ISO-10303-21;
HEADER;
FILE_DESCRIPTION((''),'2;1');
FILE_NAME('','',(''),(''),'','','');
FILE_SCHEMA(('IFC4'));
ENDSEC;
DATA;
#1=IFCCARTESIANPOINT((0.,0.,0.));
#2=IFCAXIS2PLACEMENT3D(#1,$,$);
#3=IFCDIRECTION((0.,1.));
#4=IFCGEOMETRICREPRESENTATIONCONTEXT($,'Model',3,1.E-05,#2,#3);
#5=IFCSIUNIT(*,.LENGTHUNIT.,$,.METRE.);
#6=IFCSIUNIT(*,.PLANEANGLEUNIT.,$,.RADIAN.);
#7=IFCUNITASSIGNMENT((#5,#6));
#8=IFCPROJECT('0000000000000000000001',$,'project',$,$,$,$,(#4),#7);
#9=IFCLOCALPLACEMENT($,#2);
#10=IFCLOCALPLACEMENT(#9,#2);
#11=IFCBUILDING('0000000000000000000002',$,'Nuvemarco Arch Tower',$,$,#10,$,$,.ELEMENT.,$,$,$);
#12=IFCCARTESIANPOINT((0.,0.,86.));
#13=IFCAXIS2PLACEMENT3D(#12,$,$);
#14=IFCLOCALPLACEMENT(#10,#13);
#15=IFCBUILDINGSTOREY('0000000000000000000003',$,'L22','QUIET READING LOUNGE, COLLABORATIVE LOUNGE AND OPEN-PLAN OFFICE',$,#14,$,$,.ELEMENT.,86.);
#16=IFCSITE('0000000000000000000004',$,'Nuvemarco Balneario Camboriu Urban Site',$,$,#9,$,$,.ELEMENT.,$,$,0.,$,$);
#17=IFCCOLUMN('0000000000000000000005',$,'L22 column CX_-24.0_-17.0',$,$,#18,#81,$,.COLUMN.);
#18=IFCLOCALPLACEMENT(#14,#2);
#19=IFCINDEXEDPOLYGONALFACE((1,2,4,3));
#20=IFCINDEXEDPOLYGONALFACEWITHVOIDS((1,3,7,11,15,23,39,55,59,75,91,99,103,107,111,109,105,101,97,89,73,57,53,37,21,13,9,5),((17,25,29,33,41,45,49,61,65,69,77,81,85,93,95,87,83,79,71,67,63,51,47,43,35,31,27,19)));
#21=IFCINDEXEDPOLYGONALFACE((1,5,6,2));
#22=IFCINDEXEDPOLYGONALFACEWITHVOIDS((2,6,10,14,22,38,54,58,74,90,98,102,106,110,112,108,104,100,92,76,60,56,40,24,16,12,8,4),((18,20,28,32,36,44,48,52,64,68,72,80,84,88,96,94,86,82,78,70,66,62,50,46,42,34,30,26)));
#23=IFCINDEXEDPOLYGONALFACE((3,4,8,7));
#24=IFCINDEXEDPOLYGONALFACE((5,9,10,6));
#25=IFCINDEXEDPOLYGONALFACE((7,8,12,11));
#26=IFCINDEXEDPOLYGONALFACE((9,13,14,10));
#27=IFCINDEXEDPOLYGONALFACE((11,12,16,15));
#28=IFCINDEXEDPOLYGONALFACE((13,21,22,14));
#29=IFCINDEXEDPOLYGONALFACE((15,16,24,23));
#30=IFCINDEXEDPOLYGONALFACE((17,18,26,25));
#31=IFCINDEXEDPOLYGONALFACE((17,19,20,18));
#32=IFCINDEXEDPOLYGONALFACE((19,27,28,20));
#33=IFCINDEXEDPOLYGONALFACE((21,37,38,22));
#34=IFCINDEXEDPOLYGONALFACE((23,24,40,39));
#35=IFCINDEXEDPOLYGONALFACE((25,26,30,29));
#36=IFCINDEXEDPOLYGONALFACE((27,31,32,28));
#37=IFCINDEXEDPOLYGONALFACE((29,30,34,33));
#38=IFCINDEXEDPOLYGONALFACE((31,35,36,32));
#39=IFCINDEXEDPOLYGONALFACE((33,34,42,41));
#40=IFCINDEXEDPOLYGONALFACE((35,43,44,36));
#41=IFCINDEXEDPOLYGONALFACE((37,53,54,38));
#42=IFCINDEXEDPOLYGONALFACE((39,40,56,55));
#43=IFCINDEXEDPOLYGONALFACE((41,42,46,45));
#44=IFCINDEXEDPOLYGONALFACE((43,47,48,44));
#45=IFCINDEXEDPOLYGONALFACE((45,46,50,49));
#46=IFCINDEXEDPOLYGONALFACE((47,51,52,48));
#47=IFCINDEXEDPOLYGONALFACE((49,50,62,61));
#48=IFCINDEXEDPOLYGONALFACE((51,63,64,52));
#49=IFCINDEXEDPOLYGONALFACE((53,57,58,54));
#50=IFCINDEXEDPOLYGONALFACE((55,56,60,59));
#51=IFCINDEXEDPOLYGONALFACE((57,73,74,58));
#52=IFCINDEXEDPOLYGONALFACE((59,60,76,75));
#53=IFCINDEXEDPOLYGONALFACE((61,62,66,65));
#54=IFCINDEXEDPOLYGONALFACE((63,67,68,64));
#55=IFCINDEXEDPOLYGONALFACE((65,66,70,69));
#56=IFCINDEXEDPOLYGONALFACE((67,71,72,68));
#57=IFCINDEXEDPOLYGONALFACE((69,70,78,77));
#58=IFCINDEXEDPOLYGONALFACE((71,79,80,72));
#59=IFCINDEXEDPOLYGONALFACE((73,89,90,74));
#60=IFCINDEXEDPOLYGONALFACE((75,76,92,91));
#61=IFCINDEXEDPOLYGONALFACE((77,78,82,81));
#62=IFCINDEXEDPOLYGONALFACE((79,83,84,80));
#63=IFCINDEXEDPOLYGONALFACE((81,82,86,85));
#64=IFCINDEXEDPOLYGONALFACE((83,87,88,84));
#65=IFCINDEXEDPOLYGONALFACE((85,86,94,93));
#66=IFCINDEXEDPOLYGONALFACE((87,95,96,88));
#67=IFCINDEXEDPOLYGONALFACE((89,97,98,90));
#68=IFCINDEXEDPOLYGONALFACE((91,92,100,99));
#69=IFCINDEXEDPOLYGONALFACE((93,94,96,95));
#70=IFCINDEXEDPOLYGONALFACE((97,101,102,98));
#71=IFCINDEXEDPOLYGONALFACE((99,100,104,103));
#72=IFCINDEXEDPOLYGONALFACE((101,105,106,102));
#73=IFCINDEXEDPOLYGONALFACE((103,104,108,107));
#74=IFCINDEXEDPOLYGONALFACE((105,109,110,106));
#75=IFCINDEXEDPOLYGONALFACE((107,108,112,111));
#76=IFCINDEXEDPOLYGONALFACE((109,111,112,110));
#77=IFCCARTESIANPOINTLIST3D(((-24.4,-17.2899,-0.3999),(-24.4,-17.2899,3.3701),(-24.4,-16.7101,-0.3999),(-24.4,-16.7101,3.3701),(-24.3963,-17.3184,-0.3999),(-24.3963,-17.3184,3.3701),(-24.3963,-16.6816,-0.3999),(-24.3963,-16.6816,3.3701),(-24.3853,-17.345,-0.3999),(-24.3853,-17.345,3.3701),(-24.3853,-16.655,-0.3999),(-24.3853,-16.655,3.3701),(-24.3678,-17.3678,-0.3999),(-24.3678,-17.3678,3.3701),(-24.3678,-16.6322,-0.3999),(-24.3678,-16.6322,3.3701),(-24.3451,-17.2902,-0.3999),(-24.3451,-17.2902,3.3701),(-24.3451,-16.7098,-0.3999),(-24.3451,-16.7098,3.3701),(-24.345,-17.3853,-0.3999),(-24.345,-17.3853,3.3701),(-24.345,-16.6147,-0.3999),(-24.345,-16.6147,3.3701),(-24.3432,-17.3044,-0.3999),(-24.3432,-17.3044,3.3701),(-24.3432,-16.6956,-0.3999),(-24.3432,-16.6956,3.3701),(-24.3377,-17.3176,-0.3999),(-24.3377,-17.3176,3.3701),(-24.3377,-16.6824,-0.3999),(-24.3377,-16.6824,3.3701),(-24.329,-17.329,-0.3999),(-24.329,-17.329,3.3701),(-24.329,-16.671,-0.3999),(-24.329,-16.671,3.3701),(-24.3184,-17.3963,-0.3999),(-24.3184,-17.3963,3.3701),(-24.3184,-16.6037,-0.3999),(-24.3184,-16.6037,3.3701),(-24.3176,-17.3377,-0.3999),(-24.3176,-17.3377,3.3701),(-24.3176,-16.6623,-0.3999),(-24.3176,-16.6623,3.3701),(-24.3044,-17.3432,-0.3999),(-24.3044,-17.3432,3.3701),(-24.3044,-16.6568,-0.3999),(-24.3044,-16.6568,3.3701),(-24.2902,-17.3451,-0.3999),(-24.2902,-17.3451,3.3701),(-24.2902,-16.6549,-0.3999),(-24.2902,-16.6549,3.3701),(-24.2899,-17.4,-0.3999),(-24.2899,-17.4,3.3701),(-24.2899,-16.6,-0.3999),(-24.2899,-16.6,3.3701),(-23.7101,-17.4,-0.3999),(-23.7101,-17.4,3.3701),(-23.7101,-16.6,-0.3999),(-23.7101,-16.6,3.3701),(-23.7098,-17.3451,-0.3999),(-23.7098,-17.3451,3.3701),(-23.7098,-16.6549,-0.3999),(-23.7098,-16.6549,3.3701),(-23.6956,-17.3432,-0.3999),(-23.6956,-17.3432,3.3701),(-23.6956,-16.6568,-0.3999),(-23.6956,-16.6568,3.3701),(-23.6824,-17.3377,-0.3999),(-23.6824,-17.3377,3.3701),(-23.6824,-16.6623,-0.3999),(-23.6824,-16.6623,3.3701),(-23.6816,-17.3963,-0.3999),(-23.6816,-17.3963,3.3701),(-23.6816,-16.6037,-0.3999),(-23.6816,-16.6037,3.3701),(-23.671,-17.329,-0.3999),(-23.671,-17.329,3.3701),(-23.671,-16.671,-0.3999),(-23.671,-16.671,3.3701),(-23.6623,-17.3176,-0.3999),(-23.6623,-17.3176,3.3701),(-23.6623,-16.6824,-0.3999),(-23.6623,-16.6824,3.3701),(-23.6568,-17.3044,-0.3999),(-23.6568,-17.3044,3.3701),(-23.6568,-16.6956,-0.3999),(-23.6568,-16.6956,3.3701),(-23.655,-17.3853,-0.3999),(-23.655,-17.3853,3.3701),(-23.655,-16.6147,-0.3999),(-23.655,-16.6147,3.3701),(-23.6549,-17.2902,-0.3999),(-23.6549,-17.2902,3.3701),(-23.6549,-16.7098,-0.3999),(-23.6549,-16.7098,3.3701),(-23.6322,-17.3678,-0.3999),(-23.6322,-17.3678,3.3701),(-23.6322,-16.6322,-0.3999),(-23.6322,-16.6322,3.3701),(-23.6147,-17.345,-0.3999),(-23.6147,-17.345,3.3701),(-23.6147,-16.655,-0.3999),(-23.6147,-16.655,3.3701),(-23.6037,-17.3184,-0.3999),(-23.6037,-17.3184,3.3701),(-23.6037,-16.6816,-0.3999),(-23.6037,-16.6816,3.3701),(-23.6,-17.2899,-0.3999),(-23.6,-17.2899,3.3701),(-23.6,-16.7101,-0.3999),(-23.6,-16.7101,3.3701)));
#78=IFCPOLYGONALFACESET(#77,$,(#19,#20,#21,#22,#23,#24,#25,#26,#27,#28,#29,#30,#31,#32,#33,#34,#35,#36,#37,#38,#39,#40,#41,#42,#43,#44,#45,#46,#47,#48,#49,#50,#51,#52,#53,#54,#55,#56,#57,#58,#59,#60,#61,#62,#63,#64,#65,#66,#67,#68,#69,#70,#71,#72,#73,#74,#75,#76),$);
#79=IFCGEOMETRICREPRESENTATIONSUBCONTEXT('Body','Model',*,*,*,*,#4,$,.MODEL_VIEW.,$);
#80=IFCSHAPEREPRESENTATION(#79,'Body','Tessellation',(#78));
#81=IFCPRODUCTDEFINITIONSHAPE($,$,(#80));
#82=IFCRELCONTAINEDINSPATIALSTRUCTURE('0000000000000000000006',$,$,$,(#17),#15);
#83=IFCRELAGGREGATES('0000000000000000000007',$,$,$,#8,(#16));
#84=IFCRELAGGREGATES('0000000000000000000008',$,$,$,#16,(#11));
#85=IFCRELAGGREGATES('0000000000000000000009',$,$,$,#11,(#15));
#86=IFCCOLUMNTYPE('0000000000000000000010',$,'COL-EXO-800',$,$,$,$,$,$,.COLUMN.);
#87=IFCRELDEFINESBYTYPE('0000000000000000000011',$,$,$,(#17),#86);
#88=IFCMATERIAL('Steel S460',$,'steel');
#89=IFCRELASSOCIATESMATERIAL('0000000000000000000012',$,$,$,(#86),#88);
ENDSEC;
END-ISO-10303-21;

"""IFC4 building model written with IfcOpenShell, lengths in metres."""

from ifc_helpers import new_model, si_unit, direction, frame, origin, origin_2d, place, context, subcontext, project, spatial, hollow_rectangle, extrude, material, material_profile, profile_set, type_object, element, save


model = new_model("IFC4")

# Units and contexts
model_context = context("Model", 3, precision=1e-05, world=origin(), true_north=direction((0.0, 1.0)))
body_context = subcontext(model_context, "Body", "Model", "MODEL_VIEW")
ifc_project = project(units=[si_unit("LENGTHUNIT", "METRE"), si_unit("PLANEANGLEUNIT", "RADIAN")], contexts=[model_context])

# Site, building, storey
site_placement = place(None, origin())
site = spatial("IfcSite", under=ifc_project, at=site_placement, Name="Nuvemarco Balneario Camboriu Urban Site", CompositionType="ELEMENT", RefElevation=0.0)
building_placement = place(site_placement, origin())
building = spatial("IfcBuilding", under=site, at=building_placement, Name="Nuvemarco Arch Tower", CompositionType="ELEMENT")
storey_placement = place(building_placement, frame((0.0, 0.0, 86.0)))
storey = spatial("IfcBuildingStorey", under=building, at=storey_placement, Name="L22", Description="QUIET READING LOUNGE, COLLABORATIVE LOUNGE AND OPEN-PLAN OFFICE", CompositionType="ELEMENT", Elevation=86.0)

# Column
ifc_material_1 = material(Name="Steel S460", Category="steel")
ifc_material_profile = material_profile(ifc_material_1, hollow_rectangle(XDim=0.8, YDim=0.8, WallThickness=0.0549, InnerFilletRadius=0.0549, OuterFilletRadius=0.1101, at=origin_2d()), Name="SHS800x800x55")
ifc_profile_set = profile_set([ifc_material_profile], Name="Steel S460")
column_type = type_object("IfcColumnType", Name="COL-EXO-800", PredefinedType="COLUMN", material=ifc_profile_set)
column_placement = place(storey_placement, frame((-24.0, -17.0, -0.3999), z_axis=(0.0, 0.0, 1.0), x_axis=(1.0, 0.0, 0.0)))
element("IfcColumn", 1, at=column_placement, inside=storey, type_object=column_type, Name="L22 column CX_-24.0_-17.0", PredefinedType="COLUMN", context=body_context, shape_type="SweptSolid", body=[
    extrude(hollow_rectangle(XDim=0.8, YDim=0.8, WallThickness=0.0549, InnerFilletRadius=0.0549, OuterFilletRadius=0.1101, at=origin_2d()), origin(), (0.0, 0.0, 1.0), 3.77),
])

save(model, "model.ifc")
